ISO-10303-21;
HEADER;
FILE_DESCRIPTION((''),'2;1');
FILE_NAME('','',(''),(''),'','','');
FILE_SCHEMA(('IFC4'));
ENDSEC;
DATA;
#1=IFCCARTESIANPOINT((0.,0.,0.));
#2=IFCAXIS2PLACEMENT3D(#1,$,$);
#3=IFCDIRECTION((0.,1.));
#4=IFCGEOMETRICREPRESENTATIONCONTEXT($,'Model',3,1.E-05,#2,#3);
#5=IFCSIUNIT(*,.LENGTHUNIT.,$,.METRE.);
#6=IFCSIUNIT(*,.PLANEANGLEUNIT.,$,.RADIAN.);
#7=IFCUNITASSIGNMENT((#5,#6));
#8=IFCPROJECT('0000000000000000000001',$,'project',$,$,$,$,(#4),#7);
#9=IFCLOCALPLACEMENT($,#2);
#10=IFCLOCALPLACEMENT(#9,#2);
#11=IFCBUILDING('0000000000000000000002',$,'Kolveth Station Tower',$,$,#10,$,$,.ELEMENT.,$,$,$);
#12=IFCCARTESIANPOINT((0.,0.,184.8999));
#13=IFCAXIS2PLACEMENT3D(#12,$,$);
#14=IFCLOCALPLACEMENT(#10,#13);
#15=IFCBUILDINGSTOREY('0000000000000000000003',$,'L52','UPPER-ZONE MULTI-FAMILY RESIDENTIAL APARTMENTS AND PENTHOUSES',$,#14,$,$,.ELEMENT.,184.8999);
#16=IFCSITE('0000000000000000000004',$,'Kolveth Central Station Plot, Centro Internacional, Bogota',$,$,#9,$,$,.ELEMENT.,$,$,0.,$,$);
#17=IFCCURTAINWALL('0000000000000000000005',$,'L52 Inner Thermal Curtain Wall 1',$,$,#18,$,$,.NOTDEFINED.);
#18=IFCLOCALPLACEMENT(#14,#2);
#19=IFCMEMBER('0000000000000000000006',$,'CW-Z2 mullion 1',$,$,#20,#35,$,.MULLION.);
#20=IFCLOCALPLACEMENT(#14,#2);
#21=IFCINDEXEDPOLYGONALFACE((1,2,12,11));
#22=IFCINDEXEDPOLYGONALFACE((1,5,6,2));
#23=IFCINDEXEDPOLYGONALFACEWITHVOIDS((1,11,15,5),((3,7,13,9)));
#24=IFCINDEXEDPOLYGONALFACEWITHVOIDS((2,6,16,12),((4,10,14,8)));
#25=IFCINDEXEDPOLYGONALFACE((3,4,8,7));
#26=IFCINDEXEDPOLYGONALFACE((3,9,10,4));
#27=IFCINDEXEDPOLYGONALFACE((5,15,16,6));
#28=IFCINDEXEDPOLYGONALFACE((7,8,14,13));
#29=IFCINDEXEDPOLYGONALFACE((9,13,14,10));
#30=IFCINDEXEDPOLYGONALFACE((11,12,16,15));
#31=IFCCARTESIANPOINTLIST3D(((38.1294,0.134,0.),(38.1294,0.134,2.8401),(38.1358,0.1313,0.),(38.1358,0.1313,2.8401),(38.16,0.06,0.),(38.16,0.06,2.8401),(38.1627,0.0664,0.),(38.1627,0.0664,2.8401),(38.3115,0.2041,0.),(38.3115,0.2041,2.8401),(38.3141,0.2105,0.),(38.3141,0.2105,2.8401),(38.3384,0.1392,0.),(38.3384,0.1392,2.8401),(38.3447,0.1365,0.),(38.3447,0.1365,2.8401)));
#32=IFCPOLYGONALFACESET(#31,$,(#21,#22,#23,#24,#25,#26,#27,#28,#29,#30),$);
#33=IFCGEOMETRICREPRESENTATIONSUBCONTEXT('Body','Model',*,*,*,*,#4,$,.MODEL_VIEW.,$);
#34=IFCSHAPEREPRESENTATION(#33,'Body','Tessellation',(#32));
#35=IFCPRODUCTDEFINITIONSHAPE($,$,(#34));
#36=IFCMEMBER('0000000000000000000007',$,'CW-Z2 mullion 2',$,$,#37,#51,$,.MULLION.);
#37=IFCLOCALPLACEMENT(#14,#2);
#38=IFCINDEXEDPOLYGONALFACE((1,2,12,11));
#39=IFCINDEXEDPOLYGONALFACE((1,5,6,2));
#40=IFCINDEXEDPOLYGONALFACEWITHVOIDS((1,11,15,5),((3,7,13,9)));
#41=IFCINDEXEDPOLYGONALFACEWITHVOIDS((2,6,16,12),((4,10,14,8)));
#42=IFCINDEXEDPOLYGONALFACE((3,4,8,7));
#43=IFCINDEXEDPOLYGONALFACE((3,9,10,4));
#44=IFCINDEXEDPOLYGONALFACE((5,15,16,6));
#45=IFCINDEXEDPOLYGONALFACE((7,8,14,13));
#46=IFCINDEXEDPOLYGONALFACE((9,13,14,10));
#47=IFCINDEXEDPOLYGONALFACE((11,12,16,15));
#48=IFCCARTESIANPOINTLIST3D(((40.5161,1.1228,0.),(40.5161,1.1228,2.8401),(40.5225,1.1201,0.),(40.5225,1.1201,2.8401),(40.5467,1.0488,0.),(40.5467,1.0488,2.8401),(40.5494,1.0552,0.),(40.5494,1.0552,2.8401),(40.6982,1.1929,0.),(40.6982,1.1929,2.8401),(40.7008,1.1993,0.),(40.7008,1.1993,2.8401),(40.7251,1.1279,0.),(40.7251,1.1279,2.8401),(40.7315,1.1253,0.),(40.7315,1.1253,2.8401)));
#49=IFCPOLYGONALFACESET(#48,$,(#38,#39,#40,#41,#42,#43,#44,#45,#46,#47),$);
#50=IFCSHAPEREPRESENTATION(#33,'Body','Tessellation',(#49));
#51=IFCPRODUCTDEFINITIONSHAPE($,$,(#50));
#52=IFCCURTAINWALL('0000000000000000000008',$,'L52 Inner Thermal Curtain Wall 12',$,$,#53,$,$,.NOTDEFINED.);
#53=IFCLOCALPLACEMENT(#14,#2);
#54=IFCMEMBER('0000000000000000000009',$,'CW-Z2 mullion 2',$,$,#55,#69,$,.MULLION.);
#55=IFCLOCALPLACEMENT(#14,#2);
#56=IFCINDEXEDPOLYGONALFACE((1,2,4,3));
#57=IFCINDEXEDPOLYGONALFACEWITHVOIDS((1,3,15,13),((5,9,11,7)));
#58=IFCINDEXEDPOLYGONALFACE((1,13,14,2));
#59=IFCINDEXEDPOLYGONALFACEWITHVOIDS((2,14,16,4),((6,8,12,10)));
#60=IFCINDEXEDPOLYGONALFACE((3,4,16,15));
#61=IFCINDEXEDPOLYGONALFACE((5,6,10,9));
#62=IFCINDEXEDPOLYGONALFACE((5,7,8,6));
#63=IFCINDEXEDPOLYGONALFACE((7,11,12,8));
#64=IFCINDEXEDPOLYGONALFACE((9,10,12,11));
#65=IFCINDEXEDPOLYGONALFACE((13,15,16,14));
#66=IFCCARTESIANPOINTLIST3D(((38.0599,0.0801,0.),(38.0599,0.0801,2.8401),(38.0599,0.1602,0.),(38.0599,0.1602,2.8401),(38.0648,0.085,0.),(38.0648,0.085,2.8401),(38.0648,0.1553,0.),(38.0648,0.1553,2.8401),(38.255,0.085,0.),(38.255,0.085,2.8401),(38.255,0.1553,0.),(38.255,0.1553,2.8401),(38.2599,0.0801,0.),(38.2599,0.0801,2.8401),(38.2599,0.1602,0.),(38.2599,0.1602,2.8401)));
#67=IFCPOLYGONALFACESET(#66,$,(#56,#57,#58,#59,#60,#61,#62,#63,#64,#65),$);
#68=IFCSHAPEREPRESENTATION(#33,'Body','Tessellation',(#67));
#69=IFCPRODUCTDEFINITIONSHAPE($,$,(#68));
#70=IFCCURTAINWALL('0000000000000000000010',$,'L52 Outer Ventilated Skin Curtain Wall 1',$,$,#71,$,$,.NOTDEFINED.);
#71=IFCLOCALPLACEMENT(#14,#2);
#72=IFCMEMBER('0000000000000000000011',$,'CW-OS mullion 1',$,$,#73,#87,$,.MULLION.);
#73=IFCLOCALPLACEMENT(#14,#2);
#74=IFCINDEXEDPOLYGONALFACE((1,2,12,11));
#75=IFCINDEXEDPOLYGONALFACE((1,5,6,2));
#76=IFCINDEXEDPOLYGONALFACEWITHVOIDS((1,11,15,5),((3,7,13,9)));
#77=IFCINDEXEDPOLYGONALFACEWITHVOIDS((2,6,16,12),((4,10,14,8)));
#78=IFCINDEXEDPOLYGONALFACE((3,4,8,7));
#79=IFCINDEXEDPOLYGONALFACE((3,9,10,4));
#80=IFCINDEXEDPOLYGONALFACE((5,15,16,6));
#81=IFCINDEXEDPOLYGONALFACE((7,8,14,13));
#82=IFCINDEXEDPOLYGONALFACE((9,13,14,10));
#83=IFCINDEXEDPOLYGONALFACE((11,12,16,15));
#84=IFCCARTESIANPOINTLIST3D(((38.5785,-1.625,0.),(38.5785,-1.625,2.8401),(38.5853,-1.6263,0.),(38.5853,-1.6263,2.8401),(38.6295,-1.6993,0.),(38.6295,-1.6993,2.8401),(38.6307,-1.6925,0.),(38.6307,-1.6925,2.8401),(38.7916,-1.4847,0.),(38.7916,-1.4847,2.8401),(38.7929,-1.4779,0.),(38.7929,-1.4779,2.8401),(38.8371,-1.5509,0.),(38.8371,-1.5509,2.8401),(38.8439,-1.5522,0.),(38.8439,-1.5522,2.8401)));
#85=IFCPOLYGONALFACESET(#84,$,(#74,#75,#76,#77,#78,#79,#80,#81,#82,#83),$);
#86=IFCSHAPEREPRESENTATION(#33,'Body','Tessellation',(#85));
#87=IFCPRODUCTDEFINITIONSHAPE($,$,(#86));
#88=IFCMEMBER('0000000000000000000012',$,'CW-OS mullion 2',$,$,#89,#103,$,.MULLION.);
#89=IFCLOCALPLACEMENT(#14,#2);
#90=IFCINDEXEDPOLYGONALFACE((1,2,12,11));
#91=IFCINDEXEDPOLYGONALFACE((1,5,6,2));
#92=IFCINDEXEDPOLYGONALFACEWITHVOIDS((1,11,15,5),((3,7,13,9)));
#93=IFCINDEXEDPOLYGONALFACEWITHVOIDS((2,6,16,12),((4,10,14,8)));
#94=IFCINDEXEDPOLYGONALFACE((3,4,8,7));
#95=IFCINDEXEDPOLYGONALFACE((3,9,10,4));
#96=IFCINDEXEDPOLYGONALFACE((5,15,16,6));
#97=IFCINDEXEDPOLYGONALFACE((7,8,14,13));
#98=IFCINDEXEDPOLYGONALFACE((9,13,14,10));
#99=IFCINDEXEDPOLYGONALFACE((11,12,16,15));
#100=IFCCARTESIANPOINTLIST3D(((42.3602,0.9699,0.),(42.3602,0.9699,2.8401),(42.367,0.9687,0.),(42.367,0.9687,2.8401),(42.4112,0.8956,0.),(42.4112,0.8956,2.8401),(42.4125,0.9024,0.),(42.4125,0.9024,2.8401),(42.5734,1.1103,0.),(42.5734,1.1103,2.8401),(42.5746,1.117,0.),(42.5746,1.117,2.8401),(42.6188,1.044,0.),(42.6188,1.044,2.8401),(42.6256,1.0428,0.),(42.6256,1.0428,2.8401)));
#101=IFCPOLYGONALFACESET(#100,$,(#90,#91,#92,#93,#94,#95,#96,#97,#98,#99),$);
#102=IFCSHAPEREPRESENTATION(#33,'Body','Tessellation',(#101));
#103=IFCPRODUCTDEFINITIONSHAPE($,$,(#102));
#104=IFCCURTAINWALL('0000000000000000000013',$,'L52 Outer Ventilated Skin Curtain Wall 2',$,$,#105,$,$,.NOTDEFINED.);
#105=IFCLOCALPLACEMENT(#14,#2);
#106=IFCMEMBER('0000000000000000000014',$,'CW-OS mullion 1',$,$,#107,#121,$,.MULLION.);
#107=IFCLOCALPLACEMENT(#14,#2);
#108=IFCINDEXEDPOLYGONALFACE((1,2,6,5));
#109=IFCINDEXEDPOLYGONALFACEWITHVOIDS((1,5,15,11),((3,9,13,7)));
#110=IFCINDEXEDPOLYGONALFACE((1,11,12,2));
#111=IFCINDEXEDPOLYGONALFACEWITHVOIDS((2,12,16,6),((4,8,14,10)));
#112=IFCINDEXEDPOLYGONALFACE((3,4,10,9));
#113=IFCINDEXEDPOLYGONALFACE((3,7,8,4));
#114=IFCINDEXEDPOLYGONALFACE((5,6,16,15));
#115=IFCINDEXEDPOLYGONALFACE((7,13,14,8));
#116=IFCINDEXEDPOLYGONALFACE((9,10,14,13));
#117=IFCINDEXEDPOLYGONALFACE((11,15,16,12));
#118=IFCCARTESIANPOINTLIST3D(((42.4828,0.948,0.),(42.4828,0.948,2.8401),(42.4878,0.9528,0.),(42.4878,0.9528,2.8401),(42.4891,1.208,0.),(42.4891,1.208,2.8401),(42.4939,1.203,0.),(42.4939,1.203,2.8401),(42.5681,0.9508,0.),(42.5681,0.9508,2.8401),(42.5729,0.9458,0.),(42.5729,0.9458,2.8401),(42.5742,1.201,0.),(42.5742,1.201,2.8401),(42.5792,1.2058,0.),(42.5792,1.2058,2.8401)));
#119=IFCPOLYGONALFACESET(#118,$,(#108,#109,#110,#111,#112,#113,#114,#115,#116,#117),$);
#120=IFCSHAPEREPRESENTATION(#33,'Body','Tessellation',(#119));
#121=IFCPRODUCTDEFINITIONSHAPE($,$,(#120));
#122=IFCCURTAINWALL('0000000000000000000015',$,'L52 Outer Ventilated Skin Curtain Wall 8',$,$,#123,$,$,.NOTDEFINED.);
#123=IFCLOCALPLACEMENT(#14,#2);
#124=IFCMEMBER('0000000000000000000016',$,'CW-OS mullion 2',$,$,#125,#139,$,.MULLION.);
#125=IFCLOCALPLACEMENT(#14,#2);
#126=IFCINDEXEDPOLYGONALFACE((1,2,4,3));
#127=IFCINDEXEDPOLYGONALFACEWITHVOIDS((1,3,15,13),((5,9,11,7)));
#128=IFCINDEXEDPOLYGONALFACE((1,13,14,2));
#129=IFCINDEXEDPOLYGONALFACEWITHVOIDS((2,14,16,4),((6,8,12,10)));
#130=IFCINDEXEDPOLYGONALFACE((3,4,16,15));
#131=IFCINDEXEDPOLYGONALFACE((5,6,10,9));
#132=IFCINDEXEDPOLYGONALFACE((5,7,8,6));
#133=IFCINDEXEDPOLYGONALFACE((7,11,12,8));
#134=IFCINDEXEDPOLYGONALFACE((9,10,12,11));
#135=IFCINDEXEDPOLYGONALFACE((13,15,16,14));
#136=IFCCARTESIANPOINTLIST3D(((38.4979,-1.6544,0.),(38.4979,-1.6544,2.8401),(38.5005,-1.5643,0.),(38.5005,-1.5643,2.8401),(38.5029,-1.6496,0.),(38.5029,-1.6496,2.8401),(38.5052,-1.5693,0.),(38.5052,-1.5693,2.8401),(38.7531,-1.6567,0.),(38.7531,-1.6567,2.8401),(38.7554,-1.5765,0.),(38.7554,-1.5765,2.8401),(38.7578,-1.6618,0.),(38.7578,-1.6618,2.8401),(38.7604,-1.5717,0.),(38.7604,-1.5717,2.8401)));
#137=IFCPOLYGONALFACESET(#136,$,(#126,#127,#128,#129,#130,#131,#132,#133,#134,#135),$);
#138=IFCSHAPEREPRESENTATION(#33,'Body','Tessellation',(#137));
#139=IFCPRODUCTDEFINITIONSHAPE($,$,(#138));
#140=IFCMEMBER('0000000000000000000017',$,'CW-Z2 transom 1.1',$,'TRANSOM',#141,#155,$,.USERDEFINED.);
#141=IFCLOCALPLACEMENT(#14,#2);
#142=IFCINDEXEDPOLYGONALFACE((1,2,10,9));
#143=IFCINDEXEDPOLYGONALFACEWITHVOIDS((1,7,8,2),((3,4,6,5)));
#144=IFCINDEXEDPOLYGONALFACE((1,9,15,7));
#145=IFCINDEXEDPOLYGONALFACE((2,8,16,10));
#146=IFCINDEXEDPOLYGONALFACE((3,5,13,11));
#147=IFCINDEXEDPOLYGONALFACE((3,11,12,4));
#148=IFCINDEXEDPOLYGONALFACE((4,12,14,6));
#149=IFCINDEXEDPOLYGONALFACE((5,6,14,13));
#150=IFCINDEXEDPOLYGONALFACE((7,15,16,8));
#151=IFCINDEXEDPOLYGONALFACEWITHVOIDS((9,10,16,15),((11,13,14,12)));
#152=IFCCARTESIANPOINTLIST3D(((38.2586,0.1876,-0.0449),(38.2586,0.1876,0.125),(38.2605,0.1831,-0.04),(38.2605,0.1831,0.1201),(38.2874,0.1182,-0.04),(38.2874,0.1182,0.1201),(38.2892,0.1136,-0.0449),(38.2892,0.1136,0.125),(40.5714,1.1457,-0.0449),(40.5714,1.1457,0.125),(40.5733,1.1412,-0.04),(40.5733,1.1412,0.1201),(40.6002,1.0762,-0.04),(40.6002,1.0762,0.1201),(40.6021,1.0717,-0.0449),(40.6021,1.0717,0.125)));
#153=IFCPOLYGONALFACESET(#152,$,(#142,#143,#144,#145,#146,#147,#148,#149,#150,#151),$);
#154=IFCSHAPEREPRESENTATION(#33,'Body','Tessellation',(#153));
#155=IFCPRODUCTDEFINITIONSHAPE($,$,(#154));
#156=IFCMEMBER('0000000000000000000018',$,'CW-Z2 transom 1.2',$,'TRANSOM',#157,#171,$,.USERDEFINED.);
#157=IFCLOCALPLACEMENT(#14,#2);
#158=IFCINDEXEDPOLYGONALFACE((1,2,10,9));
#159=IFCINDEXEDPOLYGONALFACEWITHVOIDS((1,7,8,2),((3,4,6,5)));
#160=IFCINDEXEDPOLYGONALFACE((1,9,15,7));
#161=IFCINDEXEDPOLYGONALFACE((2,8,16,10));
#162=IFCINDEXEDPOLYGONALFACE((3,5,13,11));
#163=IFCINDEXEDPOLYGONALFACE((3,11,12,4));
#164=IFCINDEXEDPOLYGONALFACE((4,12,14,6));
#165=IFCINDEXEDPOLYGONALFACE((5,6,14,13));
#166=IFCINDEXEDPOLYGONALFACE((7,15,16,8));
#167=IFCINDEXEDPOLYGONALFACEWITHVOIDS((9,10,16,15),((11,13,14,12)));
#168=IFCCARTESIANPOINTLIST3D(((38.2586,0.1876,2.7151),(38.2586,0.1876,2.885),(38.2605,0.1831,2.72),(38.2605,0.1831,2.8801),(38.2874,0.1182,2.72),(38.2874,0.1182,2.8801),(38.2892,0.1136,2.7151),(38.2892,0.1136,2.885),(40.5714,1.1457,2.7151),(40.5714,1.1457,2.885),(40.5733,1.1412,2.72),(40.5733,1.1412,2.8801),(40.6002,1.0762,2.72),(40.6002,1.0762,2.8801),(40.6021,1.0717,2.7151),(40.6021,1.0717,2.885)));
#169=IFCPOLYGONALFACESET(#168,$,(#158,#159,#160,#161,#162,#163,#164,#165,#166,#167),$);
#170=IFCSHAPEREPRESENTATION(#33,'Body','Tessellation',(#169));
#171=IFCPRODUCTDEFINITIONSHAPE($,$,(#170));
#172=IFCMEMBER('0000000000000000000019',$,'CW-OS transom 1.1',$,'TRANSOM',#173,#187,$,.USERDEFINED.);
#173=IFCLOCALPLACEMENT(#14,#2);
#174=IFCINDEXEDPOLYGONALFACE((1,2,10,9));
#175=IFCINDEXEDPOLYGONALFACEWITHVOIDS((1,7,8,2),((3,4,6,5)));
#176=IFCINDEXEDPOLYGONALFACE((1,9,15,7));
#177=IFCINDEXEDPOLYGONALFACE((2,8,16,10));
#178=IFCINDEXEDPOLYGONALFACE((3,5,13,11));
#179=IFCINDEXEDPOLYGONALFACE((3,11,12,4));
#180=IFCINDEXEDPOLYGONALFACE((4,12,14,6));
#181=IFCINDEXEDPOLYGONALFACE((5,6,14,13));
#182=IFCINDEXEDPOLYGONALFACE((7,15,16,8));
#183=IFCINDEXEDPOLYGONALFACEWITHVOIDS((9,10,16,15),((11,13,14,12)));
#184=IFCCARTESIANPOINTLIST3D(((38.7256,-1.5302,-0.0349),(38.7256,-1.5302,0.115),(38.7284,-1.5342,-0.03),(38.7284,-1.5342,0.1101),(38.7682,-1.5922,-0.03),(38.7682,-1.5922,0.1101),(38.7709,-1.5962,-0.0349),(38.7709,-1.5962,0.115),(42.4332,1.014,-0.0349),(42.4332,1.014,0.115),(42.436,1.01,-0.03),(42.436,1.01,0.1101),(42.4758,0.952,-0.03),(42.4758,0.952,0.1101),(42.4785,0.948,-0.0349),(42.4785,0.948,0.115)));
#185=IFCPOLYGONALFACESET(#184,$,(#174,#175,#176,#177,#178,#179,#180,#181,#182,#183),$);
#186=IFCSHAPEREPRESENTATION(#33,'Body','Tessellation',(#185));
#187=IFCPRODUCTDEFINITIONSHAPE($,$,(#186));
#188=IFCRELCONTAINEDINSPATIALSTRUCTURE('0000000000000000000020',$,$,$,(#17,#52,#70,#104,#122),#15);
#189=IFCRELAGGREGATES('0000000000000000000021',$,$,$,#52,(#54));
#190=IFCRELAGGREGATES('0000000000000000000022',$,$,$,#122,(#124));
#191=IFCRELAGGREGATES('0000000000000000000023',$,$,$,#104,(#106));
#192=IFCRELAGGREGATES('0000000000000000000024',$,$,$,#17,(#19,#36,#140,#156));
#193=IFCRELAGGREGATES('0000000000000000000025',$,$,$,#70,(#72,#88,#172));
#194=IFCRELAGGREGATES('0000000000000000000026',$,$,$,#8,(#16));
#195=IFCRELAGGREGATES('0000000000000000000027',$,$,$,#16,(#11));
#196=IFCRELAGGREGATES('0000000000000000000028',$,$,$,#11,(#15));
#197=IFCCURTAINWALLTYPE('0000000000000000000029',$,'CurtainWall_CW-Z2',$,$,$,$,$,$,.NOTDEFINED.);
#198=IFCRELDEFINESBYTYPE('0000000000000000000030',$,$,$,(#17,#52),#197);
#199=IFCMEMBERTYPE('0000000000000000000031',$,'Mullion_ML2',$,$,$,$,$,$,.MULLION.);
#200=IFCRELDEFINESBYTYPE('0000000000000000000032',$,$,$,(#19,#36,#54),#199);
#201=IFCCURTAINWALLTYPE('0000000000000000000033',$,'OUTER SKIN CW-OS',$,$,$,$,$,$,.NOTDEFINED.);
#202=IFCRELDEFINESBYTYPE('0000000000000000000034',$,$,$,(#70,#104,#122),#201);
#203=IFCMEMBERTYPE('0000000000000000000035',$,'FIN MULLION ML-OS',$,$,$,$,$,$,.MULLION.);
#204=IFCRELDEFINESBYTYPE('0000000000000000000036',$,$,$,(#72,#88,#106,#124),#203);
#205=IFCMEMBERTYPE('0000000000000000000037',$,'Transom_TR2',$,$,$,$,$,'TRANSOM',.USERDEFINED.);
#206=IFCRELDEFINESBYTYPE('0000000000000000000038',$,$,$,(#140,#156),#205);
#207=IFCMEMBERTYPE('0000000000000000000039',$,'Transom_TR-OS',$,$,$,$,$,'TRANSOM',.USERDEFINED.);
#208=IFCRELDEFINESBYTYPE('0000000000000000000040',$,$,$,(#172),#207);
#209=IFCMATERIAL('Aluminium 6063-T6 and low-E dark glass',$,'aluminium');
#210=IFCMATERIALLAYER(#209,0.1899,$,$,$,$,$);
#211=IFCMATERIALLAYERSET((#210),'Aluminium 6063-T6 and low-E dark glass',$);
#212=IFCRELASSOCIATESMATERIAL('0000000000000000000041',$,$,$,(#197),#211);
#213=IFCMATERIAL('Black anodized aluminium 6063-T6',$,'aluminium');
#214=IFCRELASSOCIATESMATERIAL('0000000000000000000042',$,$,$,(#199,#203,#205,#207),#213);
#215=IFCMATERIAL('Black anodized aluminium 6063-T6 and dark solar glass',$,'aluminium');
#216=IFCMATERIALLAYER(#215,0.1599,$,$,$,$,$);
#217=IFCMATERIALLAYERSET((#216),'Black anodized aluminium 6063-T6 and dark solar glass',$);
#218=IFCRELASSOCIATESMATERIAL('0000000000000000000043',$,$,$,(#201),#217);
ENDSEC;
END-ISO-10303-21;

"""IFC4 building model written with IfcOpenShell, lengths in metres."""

from ifc_helpers import new_model, si_unit, direction, frame, origin, origin_2d, place, context, subcontext, project, spatial, hollow_rectangle, extrude, source, transform, mapped, material, layer, layer_set, material_profile, profile_set, type_object, element, aggregate, save


model = new_model("IFC4")

# Units and contexts
model_context = context("Model", 3, precision=1e-05, world=origin(), true_north=direction((0.0, 1.0)))
body_context = subcontext(model_context, "Body", "Model", "MODEL_VIEW")
ifc_project = project(units=[si_unit("LENGTHUNIT", "METRE"), si_unit("PLANEANGLEUNIT", "RADIAN")], contexts=[model_context])

# Site, building, storey
site_placement = place(None, origin())
site = spatial("IfcSite", under=ifc_project, at=site_placement, Name="Kolveth Central Station Plot, Centro Internacional, Bogota", CompositionType="ELEMENT", RefElevation=0.0)
building_placement = place(site_placement, origin())
building = spatial("IfcBuilding", under=site, at=building_placement, Name="Kolveth Station Tower", CompositionType="ELEMENT")
storey_placement = place(building_placement, frame((0.0, 0.0, 184.8999)))
storey = spatial("IfcBuildingStorey", under=building, at=storey_placement, Name="L52", Description="UPPER-ZONE MULTI-FAMILY RESIDENTIAL APARTMENTS AND PENTHOUSES", CompositionType="ELEMENT", Elevation=184.8999)

# Curtain wall, members
ifc_material_1 = material(Name="Aluminium 6063-T6 and low-E dark glass", Category="aluminium")
ifc_layer_1 = layer(ifc_material_1, 0.1899)
ifc_layer_set_1 = layer_set([ifc_layer_1], Name="Aluminium 6063-T6 and low-E dark glass")
curtain_wall_type_1 = type_object("IfcCurtainWallType", Name="CurtainWall_CW-Z2", PredefinedType="NOTDEFINED", material=ifc_layer_set_1)
curtain_wall_1_placement = place(storey_placement, origin())
curtain_wall_1 = element("IfcCurtainWall", 1, at=curtain_wall_1_placement, inside=storey, type_object=curtain_wall_type_1, Name="L52 Inner Thermal Curtain Wall 1", PredefinedType="NOTDEFINED")
ifc_material_2 = material(Name="Black anodized aluminium 6063-T6", Category="aluminium")
ifc_material_profile_1 = material_profile(ifc_material_2, hollow_rectangle(XDim=0.0801, YDim=0.2, WallThickness=0.0049, at=origin_2d()), Name="ALU-80x200x5")
ifc_profile_set_1 = profile_set([ifc_material_profile_1], Name="Black anodized aluminium 6063-T6")
member_type_1 = type_object("IfcMemberType", Name="Mullion_ML2", PredefinedType="MULLION", material=ifc_profile_set_1)
shared_shape_1 = source(origin(), body_context, "Body", "SweptSolid", [
    extrude(hollow_rectangle(XDim=0.0801, YDim=0.2, WallThickness=0.0049, at=origin_2d()), origin(), (0.0, 0.0, 1.0), 2.8401),
])
member_1_placement = place(storey_placement, frame((38.2371, 0.1353, 0.0), z_axis=(0.0, 0.0, 1.0), x_axis=(-0.382698, 0.923874, 0.0)))
member_1 = element("IfcMember", 2, at=member_1_placement, type_object=member_type_1, Name="CW-Z2 mullion 1", PredefinedType="MULLION", context=body_context, shape_type="MappedRepresentation", body=[
    mapped(shared_shape_1, transform((0.0, 0.0, 0.0), x_axis=(1.0, 0.0, 0.0), y_axis=(0.0, 1.0, 0.0), z_axis=(0.0, 0.0, 1.0), scale=1.0)),
])
member_2_placement = place(storey_placement, frame((40.6238, 1.124, 0.0), z_axis=(0.0, 0.0, 1.0), x_axis=(-0.382698, 0.923874, 0.0)))
member_2 = element("IfcMember", 3, at=member_2_placement, type_object=member_type_1, Name="CW-Z2 mullion 2", PredefinedType="MULLION", context=body_context, shape_type="MappedRepresentation", body=[
    mapped(shared_shape_1, transform((0.0, 0.0, 0.0), x_axis=(1.0, 0.0, 0.0), y_axis=(0.0, 1.0, 0.0), z_axis=(0.0, 0.0, 1.0), scale=1.0)),
])

# Curtain wall, member
curtain_wall_2_placement = place(storey_placement, origin())
curtain_wall_2 = element("IfcCurtainWall", 4, at=curtain_wall_2_placement, inside=storey, type_object=curtain_wall_type_1, Name="L52 Inner Thermal Curtain Wall 12", PredefinedType="NOTDEFINED")
member_3_placement = place(storey_placement, frame((38.1599, 0.1201, 0.0), z_axis=(0.0, 0.0, 1.0), x_axis=(0.0, 1.0, 0.0)))
member_3 = element("IfcMember", 5, at=member_3_placement, type_object=member_type_1, Name="CW-Z2 mullion 2", PredefinedType="MULLION", context=body_context, shape_type="MappedRepresentation", body=[
    mapped(shared_shape_1, transform((0.0, 0.0, 0.0), x_axis=(1.0, 0.0, 0.0), y_axis=(0.0, 1.0, 0.0), z_axis=(0.0, 0.0, 1.0), scale=1.0)),
])
aggregate(curtain_wall_2, [member_3])

# Curtain wall, members
ifc_material_3 = material(Name="Black anodized aluminium 6063-T6 and dark solar glass", Category="aluminium")
ifc_layer_2 = layer(ifc_material_3, 0.1599)
ifc_layer_set_2 = layer_set([ifc_layer_2], Name="Black anodized aluminium 6063-T6 and dark solar glass")
curtain_wall_type_2 = type_object("IfcCurtainWallType", Name="OUTER SKIN CW-OS", PredefinedType="NOTDEFINED", material=ifc_layer_set_2)
curtain_wall_3_placement = place(storey_placement, origin())
curtain_wall_3 = element("IfcCurtainWall", 6, at=curtain_wall_3_placement, inside=storey, type_object=curtain_wall_type_2, Name="L52 Outer Ventilated Skin Curtain Wall 1", PredefinedType="NOTDEFINED")
ifc_material_profile_2 = material_profile(ifc_material_2, hollow_rectangle(XDim=0.0901, YDim=0.26, WallThickness=0.0049, at=origin_2d()), Name="ALU-90x260x5")
ifc_profile_set_2 = profile_set([ifc_material_profile_2], Name="Black anodized aluminium 6063-T6")
member_type_2 = type_object("IfcMemberType", Name="FIN MULLION ML-OS", PredefinedType="MULLION", material=ifc_profile_set_2)
shared_shape_2 = source(origin(), body_context, "Body", "SweptSolid", [
    extrude(hollow_rectangle(XDim=0.0901, YDim=0.26, WallThickness=0.0049, at=origin_2d()), origin(), (0.0, 0.0, 1.0), 2.8401),
])
member_4_placement = place(storey_placement, frame((38.7112, -1.5886, 0.0), z_axis=(0.0, 0.0, 1.0), x_axis=(-0.565827, 0.824524, 0.0)))
member_4 = element("IfcMember", 7, at=member_4_placement, type_object=member_type_2, Name="CW-OS mullion 1", PredefinedType="MULLION", context=body_context, shape_type="MappedRepresentation", body=[
    mapped(shared_shape_2, transform((0.0, 0.0, 0.0), x_axis=(1.0, 0.0, 0.0), y_axis=(0.0, 1.0, 0.0), z_axis=(0.0, 0.0, 1.0), scale=1.0)),
])
member_5_placement = place(storey_placement, frame((42.4929, 1.0063, 0.0), z_axis=(0.0, 0.0, 1.0), x_axis=(-0.565827, 0.824524, 0.0)))
member_5 = element("IfcMember", 8, at=member_5_placement, type_object=member_type_2, Name="CW-OS mullion 2", PredefinedType="MULLION", context=body_context, shape_type="MappedRepresentation", body=[
    mapped(shared_shape_2, transform((0.0, 0.0, 0.0), x_axis=(1.0, 0.0, 0.0), y_axis=(0.0, 1.0, 0.0), z_axis=(0.0, 0.0, 1.0), scale=1.0)),
])

# Curtain walls, members
curtain_wall_4_placement = place(storey_placement, origin())
curtain_wall_4 = element("IfcCurtainWall", 9, at=curtain_wall_4_placement, inside=storey, type_object=curtain_wall_type_2, Name="L52 Outer Ventilated Skin Curtain Wall 2", PredefinedType="NOTDEFINED")
member_6_placement = place(storey_placement, frame((42.531, 1.0769, 0.0), z_axis=(0.0, 0.0, 1.0), x_axis=(-0.999703, 0.02436, 0.0)))
member_6 = element("IfcMember", 10, at=member_6_placement, type_object=member_type_2, Name="CW-OS mullion 1", PredefinedType="MULLION", context=body_context, shape_type="MappedRepresentation", body=[
    mapped(shared_shape_2, transform((0.0, 0.0, 0.0), x_axis=(1.0, 0.0, 0.0), y_axis=(0.0, 1.0, 0.0), z_axis=(0.0, 0.0, 1.0), scale=1.0)),
])
curtain_wall_5_placement = place(storey_placement, origin())
curtain_wall_5 = element("IfcCurtainWall", 11, at=curtain_wall_5_placement, inside=storey, type_object=curtain_wall_type_2, Name="L52 Outer Ventilated Skin Curtain Wall 8", PredefinedType="NOTDEFINED")
member_7_placement = place(storey_placement, frame((38.6292, -1.613, 0.0), z_axis=(0.0, 0.0, 1.0), x_axis=(0.028485, 0.999594, 0.0)))
member_7 = element("IfcMember", 12, at=member_7_placement, type_object=member_type_2, Name="CW-OS mullion 2", PredefinedType="MULLION", context=body_context, shape_type="MappedRepresentation", body=[
    mapped(shared_shape_2, transform((0.0, 0.0, 0.0), x_axis=(1.0, 0.0, 0.0), y_axis=(0.0, 1.0, 0.0), z_axis=(0.0, 0.0, 1.0), scale=1.0)),
])
aggregate(curtain_wall_5, [member_7])

# Members
ifc_material_profile_3 = material_profile(ifc_material_2, hollow_rectangle(XDim=0.0801, YDim=0.1699, WallThickness=0.0049, at=origin_2d()), Name="ALU-80x170x5")
ifc_profile_set_3 = profile_set([ifc_material_profile_3], Name="Black anodized aluminium 6063-T6")
member_type_3 = type_object("IfcMemberType", Name="Transom_TR2", ElementType="TRANSOM", PredefinedType="USERDEFINED", material=ifc_profile_set_3)
shared_shape_3 = source(origin(), body_context, "Body", "SweptSolid", [
    extrude(hollow_rectangle(XDim=0.0801, YDim=0.1699, WallThickness=0.0049, at=origin_2d()), origin(), (0.0, 0.0, 1.0), 2.5034),
])
member_8_placement = place(storey_placement, frame((38.2739, 0.1506, 0.04), z_axis=(0.923874, 0.382696, 0.0), x_axis=(-0.382696, 0.923874, 0.0)))
member_8 = element("IfcMember", 13, at=member_8_placement, type_object=member_type_3, Name="CW-Z2 transom 1.1", ObjectType="TRANSOM", PredefinedType="USERDEFINED", context=body_context, shape_type="MappedRepresentation", body=[
    mapped(shared_shape_3, transform((0.0, 0.0, 0.0), x_axis=(1.0, 0.0, 0.0), y_axis=(0.0, 1.0, 0.0), z_axis=(0.0, 0.0, 1.0), scale=1.0)),
])
member_9_placement = place(storey_placement, frame((38.2739, 0.1506, 2.8), z_axis=(0.923874, 0.382696, 0.0), x_axis=(-0.382696, 0.923874, 0.0)))
member_9 = element("IfcMember", 14, at=member_9_placement, type_object=member_type_3, Name="CW-Z2 transom 1.2", ObjectType="TRANSOM", PredefinedType="USERDEFINED", context=body_context, shape_type="MappedRepresentation", body=[
    mapped(shared_shape_3, transform((0.0, 0.0, 0.0), x_axis=(1.0, 0.0, 0.0), y_axis=(0.0, 1.0, 0.0), z_axis=(0.0, 0.0, 1.0), scale=1.0)),
])
ifc_material_profile_4 = material_profile(ifc_material_2, hollow_rectangle(XDim=0.0801, YDim=0.1499, WallThickness=0.0049, at=origin_2d()), Name="ALU-80x150x5")
ifc_profile_set_4 = profile_set([ifc_material_profile_4], Name="Black anodized aluminium 6063-T6")
member_type_4 = type_object("IfcMemberType", Name="Transom_TR-OS", ElementType="TRANSOM", PredefinedType="USERDEFINED", material=ifc_profile_set_4)
shared_shape_4 = source(origin(), body_context, "Body", "SweptSolid", [
    extrude(hollow_rectangle(XDim=0.0801, YDim=0.1499, WallThickness=0.0049, at=origin_2d()), origin(), (0.0, 0.0, 1.0), 4.4966),
])
member_10_placement = place(storey_placement, frame((38.7483, -1.5632, 0.04), z_axis=(0.824533, 0.565814, 0.0), x_axis=(-0.565814, 0.824533, 0.0)))
member_10 = element("IfcMember", 15, at=member_10_placement, type_object=member_type_4, Name="CW-OS transom 1.1", ObjectType="TRANSOM", PredefinedType="USERDEFINED", context=body_context, shape_type="MappedRepresentation", body=[
    mapped(shared_shape_4, transform((0.0, 0.0, 0.0), x_axis=(1.0, 0.0, 0.0), y_axis=(0.0, 1.0, 0.0), z_axis=(0.0, 0.0, 1.0), scale=1.0)),
])
aggregate(curtain_wall_4, [member_6])

aggregate(curtain_wall_1, [member_1, member_2, member_8, member_9])
aggregate(curtain_wall_3, [member_4, member_5, member_10])

save(model, "model.ifc")
